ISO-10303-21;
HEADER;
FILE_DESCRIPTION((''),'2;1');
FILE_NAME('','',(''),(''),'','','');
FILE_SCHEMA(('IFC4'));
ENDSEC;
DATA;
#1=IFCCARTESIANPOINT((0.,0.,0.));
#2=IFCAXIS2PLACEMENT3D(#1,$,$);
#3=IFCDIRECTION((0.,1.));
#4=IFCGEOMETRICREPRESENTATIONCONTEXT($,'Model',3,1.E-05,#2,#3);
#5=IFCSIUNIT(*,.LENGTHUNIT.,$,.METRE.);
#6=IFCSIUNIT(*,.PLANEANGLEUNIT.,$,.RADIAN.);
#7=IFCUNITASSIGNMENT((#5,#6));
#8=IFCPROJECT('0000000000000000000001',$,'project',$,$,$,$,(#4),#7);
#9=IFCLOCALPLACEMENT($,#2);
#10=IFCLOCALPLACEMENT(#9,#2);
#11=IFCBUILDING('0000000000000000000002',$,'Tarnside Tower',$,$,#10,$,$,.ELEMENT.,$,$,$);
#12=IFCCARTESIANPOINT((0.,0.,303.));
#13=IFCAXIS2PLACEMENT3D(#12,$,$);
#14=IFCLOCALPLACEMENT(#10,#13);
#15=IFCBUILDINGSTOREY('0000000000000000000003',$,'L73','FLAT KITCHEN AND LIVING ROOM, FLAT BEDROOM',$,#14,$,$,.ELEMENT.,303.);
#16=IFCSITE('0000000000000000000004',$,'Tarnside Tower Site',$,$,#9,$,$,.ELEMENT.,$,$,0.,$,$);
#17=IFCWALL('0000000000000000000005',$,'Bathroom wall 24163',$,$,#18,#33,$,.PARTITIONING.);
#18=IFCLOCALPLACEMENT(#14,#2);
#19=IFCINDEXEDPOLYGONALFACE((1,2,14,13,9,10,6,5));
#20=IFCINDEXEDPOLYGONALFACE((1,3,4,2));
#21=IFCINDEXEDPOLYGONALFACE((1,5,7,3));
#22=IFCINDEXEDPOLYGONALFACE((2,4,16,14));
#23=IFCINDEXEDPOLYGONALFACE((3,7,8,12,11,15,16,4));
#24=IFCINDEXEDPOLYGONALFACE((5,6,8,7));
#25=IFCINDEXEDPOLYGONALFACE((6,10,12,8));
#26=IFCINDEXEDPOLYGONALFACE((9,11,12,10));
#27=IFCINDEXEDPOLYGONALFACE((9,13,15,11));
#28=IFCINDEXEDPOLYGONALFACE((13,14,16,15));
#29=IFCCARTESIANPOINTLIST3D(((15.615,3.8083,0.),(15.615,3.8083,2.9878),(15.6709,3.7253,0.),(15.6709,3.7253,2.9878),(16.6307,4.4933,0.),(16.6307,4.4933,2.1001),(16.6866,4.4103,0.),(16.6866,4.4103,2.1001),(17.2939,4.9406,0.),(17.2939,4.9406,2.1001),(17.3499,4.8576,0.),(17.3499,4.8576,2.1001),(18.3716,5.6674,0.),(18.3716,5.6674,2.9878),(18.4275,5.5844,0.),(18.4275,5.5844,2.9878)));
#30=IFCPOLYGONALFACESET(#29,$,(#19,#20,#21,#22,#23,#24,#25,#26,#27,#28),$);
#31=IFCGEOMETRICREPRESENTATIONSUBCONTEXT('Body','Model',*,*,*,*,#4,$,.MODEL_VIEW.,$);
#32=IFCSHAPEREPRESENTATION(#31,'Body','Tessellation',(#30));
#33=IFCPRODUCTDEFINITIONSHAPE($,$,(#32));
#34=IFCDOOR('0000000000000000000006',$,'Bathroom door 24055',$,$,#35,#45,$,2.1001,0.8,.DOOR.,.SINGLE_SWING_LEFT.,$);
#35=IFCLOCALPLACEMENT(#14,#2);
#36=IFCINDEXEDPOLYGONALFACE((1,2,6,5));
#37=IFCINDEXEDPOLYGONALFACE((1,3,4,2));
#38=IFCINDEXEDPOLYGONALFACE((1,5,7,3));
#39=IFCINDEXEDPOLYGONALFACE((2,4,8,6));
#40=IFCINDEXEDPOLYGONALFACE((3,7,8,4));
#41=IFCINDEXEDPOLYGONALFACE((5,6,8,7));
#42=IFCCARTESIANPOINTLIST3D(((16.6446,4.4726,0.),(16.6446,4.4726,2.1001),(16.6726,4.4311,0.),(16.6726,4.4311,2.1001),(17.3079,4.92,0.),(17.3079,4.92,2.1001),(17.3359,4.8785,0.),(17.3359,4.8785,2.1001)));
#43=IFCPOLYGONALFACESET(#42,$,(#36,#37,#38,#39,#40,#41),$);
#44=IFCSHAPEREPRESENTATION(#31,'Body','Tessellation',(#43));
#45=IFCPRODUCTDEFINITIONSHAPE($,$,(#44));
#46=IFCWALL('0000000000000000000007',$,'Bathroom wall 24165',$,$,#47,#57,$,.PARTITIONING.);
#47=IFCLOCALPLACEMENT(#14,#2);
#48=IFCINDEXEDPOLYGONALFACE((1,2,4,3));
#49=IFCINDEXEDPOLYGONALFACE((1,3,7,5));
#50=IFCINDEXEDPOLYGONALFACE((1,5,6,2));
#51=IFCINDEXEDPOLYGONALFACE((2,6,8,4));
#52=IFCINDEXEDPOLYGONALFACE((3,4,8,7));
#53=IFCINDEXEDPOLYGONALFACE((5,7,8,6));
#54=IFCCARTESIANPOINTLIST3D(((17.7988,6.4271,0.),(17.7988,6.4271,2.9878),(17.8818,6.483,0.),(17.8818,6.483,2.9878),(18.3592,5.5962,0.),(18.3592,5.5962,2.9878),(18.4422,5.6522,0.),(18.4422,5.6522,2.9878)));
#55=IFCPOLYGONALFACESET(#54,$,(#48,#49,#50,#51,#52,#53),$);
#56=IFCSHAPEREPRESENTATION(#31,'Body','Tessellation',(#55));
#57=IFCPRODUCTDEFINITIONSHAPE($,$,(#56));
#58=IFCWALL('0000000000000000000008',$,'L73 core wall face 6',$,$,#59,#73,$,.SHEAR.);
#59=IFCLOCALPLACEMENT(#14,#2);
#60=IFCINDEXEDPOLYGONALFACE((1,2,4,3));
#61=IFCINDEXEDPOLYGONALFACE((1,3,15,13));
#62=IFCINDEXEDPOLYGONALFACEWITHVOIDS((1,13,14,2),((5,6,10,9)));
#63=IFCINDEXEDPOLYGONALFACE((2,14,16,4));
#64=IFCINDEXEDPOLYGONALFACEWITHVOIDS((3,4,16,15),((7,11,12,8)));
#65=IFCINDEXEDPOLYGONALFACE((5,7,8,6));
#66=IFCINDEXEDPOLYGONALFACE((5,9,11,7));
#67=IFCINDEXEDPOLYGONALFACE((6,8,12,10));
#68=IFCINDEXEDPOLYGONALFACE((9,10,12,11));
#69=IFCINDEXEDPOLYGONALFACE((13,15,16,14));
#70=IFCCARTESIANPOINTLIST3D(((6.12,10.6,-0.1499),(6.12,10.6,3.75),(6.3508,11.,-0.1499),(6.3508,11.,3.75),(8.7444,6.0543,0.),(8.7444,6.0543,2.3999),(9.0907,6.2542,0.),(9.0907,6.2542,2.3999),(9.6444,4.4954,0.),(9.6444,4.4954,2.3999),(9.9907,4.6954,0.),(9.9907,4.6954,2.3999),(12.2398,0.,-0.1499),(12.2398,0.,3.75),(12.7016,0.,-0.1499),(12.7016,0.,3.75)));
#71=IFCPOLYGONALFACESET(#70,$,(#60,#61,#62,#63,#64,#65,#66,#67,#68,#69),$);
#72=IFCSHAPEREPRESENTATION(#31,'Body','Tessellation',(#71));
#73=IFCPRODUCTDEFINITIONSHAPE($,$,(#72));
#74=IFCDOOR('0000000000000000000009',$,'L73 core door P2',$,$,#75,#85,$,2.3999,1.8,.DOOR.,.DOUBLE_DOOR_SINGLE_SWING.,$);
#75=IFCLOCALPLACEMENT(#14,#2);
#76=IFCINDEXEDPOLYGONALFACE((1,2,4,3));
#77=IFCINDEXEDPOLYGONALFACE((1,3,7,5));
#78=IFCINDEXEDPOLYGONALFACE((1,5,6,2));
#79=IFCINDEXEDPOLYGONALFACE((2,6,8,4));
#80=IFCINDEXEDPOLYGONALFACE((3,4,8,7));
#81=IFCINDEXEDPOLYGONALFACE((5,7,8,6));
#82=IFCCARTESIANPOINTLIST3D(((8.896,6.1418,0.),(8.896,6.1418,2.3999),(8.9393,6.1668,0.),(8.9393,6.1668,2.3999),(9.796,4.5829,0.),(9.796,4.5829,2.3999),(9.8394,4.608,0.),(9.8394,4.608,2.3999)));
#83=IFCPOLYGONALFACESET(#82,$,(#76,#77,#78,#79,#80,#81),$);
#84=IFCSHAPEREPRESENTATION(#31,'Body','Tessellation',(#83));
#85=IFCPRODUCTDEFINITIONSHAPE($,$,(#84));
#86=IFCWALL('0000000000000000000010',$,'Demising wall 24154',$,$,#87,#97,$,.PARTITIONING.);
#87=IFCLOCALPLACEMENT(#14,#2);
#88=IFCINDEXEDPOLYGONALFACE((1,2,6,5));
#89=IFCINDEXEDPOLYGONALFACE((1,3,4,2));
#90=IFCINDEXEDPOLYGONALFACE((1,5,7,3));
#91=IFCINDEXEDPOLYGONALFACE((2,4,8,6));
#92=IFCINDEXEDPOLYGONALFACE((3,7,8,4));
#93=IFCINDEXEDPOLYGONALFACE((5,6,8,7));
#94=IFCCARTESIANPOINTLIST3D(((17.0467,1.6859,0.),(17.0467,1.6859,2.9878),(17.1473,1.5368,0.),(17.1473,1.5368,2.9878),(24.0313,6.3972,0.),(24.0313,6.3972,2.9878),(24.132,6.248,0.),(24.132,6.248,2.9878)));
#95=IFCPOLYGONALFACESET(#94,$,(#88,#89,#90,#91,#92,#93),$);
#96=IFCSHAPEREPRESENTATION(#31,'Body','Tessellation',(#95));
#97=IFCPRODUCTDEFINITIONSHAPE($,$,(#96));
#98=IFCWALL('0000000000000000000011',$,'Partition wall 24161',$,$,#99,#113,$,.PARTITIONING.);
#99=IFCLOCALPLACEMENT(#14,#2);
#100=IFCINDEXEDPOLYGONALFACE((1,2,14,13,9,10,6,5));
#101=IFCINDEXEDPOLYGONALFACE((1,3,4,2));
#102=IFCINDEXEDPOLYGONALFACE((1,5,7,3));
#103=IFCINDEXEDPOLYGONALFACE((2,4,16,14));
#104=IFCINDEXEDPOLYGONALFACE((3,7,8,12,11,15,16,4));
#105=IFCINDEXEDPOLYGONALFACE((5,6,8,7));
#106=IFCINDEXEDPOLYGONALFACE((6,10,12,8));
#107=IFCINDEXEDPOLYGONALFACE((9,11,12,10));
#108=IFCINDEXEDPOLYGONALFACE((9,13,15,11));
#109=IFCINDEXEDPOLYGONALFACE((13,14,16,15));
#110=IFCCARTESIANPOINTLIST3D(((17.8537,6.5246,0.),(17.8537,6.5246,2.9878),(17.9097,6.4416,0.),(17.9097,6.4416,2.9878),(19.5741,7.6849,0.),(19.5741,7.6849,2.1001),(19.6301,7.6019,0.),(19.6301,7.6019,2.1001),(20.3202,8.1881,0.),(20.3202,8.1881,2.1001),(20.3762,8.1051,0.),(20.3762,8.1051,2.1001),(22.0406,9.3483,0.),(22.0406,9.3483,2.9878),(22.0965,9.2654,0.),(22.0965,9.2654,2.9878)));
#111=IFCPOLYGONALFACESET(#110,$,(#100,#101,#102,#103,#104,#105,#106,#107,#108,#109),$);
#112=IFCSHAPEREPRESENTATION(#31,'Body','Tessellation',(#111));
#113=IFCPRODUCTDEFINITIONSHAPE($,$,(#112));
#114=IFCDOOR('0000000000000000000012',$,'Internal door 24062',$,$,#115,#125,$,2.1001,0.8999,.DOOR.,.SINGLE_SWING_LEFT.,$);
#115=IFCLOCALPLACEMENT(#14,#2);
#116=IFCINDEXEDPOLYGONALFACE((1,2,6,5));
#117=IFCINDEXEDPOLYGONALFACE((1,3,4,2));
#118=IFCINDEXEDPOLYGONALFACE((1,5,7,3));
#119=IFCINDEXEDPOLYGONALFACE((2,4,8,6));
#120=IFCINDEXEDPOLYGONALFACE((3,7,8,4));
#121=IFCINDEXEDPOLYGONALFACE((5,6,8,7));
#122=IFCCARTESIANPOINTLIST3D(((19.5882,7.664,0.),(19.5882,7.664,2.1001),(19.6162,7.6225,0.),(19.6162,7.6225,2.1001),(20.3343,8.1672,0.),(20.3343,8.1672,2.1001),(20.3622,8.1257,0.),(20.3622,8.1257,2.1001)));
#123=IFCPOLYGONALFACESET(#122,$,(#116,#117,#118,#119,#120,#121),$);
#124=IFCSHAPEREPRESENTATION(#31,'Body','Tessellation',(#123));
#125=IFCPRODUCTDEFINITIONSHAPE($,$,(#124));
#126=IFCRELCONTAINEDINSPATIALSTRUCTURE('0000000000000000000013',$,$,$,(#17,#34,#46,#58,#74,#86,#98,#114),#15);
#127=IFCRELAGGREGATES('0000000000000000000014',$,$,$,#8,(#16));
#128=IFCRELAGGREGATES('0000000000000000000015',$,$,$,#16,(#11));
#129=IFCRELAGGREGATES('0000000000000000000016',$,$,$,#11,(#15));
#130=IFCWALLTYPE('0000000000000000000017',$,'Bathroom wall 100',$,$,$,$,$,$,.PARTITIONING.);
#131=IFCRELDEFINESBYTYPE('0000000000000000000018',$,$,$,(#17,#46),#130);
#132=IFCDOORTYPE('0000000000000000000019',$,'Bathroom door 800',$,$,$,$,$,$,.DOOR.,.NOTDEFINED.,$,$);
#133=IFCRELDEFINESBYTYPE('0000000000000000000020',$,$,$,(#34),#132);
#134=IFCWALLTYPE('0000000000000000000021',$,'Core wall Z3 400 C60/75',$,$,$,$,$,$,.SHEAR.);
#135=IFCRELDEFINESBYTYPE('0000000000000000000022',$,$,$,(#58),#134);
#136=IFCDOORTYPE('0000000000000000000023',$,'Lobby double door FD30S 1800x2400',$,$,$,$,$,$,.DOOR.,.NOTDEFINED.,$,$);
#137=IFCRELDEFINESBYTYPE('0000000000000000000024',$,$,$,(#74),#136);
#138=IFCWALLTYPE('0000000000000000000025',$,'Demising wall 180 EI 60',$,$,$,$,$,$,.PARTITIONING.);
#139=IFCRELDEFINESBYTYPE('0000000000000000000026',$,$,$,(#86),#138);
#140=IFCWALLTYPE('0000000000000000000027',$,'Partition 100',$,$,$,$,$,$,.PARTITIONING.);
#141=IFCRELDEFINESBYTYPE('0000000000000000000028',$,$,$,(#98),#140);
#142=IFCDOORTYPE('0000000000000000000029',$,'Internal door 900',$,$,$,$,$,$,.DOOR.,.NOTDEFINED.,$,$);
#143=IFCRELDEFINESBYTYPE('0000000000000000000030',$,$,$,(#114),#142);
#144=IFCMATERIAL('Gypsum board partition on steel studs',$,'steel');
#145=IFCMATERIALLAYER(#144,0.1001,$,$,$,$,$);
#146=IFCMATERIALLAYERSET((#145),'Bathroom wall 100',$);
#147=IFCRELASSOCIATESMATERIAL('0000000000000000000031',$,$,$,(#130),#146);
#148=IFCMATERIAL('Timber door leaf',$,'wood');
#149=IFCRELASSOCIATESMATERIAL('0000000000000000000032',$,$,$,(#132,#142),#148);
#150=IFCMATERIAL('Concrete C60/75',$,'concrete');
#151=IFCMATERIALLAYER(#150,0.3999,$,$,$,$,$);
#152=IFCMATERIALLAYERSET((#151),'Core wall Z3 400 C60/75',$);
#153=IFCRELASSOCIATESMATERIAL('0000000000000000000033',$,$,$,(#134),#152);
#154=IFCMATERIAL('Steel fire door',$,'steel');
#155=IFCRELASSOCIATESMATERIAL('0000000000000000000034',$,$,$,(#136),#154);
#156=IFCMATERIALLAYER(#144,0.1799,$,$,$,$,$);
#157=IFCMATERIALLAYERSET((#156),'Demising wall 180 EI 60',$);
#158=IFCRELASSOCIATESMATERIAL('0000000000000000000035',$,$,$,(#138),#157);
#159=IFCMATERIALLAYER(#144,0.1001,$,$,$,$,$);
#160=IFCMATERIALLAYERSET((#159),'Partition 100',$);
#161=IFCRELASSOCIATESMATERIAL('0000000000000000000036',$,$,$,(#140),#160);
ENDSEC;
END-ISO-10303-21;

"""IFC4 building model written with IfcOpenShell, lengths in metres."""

from ifc_helpers import new_model, si_unit, direction, frame, frame_2d, origin, place, context, subcontext, project, spatial, polyline, rectangle, outline, extrude, material, layer, layer_set, type_object, element, fill, save


model = new_model("IFC4")

# Units and contexts
model_context = context("Model", 3, precision=1e-05, world=origin(), true_north=direction((0.0, 1.0)))
body_context = subcontext(model_context, "Body", "Model", "MODEL_VIEW")
ifc_project = project(units=[si_unit("LENGTHUNIT", "METRE"), si_unit("PLANEANGLEUNIT", "RADIAN")], contexts=[model_context])

# Site, building, storey
site_placement = place(None, origin())
site = spatial("IfcSite", under=ifc_project, at=site_placement, Name="Tarnside Tower Site", CompositionType="ELEMENT", RefElevation=0.0)
building_placement = place(site_placement, origin())
building = spatial("IfcBuilding", under=site, at=building_placement, Name="Tarnside Tower", CompositionType="ELEMENT")
storey_placement = place(building_placement, frame((0.0, 0.0, 303.0)))
storey = spatial("IfcBuildingStorey", under=building, at=storey_placement, Name="L73", Description="FLAT KITCHEN AND LIVING ROOM, FLAT BEDROOM", CompositionType="ELEMENT", Elevation=303.0)

# Shared definitions
ifc_material_1 = material(Name="Gypsum board partition on steel studs", Category="steel")
ifc_layer_1 = layer(ifc_material_1, 0.1001)
ifc_layer_set_1 = layer_set([ifc_layer_1], Name="Bathroom wall 100")
wall_type_1 = type_object("IfcWallType", Name="Bathroom wall 100", PredefinedType="PARTITIONING", material=ifc_layer_set_1)

# Wall, opening, door
wall_1_placement = place(storey_placement, frame((18.3997, 5.626, 0.0), z_axis=(0.0, 0.0, 1.0), x_axis=(-0.829067, -0.559149, 0.0)))
wall_1 = element("IfcWall", 1, at=wall_1_placement, inside=storey, type_object=wall_type_1, Name="Bathroom wall 24163", PredefinedType="PARTITIONING", context=body_context, shape_type="SweptSolid", body=[
    extrude(rectangle(XDim=3.325, YDim=0.1001, at=frame_2d((1.6626, 0.0))), origin(), (0.0, 0.0, 1.0), 2.9878),
])
opening_1_placement = place(wall_1_placement, frame((1.3, 0.0, 0.0)))
opening_1 = element("IfcOpeningElement", 2, at=opening_1_placement, cuts=wall_1, PredefinedType="OPENING", context=body_context, shape_type="SweptSolid", body=[
    extrude(rectangle(XDim=0.8, YDim=2.1001, at=frame_2d((0.3999, 1.05))), frame((0.0, 0.0601, 0.0), z_axis=(0.0, -1.0, 0.0), x_axis=(1.0, 0.0, 0.0)), (0.0, 0.0, 1.0), 0.1201),
])
ifc_material_2 = material(Name="Timber door leaf", Category="wood")
door_type_1 = type_object("IfcDoorType", Name="Bathroom door 800", OperationType="NOTDEFINED", PredefinedType="DOOR", material=ifc_material_2)
door_1_placement = place(opening_1_placement, origin())
door_1 = element("IfcDoor", 3, at=door_1_placement, inside=storey, type_object=door_type_1, Name="Bathroom door 24055", OperationType="SINGLE_SWING_LEFT", OverallHeight=2.1001, OverallWidth=0.8, PredefinedType="DOOR", context=body_context, shape_type="SweptSolid", body=[
    extrude(rectangle(XDim=0.8, YDim=2.1001, at=frame_2d((0.3999, 1.05))), frame((0.0, 0.0249, 0.0), z_axis=(0.0, -1.0, 0.0), x_axis=(1.0, 0.0, 0.0)), (0.0, 0.0, 1.0), 0.05),
])
fill(opening_1, door_1)

# Wall
wall_2_placement = place(storey_placement, frame((18.4006, 5.6243, 0.0), z_axis=(0.0, 0.0, 1.0), x_axis=(-0.559134, 0.829077, 0.0)))
element("IfcWall", 4, at=wall_2_placement, inside=storey, type_object=wall_type_1, Name="Bathroom wall 24165", PredefinedType="PARTITIONING", context=body_context, shape_type="SweptSolid", body=[
    extrude(rectangle(XDim=1.0022, YDim=0.1001, at=frame_2d((0.501, 0.0))), origin(), (0.0, 0.0, 1.0), 2.9878),
])

# Wall, opening, door
ifc_material_3 = material(Name="Concrete C60/75", Category="concrete")
ifc_layer_2 = layer(ifc_material_3, 0.3999)
ifc_layer_set_2 = layer_set([ifc_layer_2], Name="Core wall Z3 400 C60/75")
wall_type_2 = type_object("IfcWallType", Name="Core wall Z3 400 C60/75", PredefinedType="SHEAR", material=ifc_layer_set_2)
wall_3_placement = place(storey_placement, frame((12.4707, 0.0, -0.1499), z_axis=(0.0, 0.0, 1.0), x_axis=(-0.499996, 0.866027, 0.0)))
wall_3 = element("IfcWall", 5, at=wall_3_placement, inside=storey, type_object=wall_type_2, Name="L73 core wall face 6", PredefinedType="SHEAR", context=body_context, shape_type="SweptSolid", body=[
    extrude(outline(polyline([(-0.1155, -0.2), (12.5862, -0.2), (12.3552, 0.2), (0.1155, 0.2), (-0.1155, -0.2)])), origin(), (0.0, 0.0, 1.0), 3.8999),
])
opening_2_placement = place(wall_3_placement, frame((5.3064, 0.0, 0.1499)))
opening_2 = element("IfcOpeningElement", 6, at=opening_2_placement, cuts=wall_3, PredefinedType="OPENING", context=body_context, shape_type="SweptSolid", body=[
    extrude(rectangle(XDim=1.8, YDim=2.3999, at=frame_2d((0.8999, 1.2))), frame((0.0, 0.21, 0.0), z_axis=(0.0, -1.0, 0.0), x_axis=(1.0, 0.0, 0.0)), (0.0, 0.0, 1.0), 0.4199),
])
ifc_material_4 = material(Name="Steel fire door", Category="steel")
door_type_2 = type_object("IfcDoorType", Name="Lobby double door FD30S 1800x2400", OperationType="NOTDEFINED", PredefinedType="DOOR", material=ifc_material_4)
door_2_placement = place(opening_2_placement, origin())
door_2 = element("IfcDoor", 7, at=door_2_placement, inside=storey, type_object=door_type_2, Name="L73 core door P2", OperationType="DOUBLE_DOOR_SINGLE_SWING", OverallHeight=2.3999, OverallWidth=1.8, PredefinedType="DOOR", context=body_context, shape_type="SweptSolid", body=[
    extrude(rectangle(XDim=1.8, YDim=2.3999, at=frame_2d((0.8999, 1.2))), frame((0.0, 0.0249, 0.0), z_axis=(0.0, -1.0, 0.0), x_axis=(1.0, 0.0, 0.0)), (0.0, 0.0, 1.0), 0.05),
])
fill(opening_2, door_2)

# Wall
ifc_layer_3 = layer(ifc_material_1, 0.1799)
ifc_layer_set_3 = layer_set([ifc_layer_3], Name="Demising wall 180 EI 60")
wall_type_3 = type_object("IfcWallType", Name="Demising wall 180 EI 60", PredefinedType="PARTITIONING", material=ifc_layer_set_3)
wall_4_placement = place(storey_placement, frame((24.0815, 6.3225, 0.0), z_axis=(0.0, 0.0, 1.0), x_axis=(-0.829038, -0.559193, 0.0)))
element("IfcWall", 8, at=wall_4_placement, inside=storey, type_object=wall_type_3, Name="Demising wall 24154", PredefinedType="PARTITIONING", context=body_context, shape_type="SweptSolid", body=[
    extrude(rectangle(XDim=8.425, YDim=0.1799, at=frame_2d((4.2124, 0.0))), origin(), (0.0, 0.0, 1.0), 2.9878),
])

# Wall, opening, door
ifc_layer_4 = layer(ifc_material_1, 0.1001)
ifc_layer_set_4 = layer_set([ifc_layer_4], Name="Partition 100")
wall_type_4 = type_object("IfcWallType", Name="Partition 100", PredefinedType="PARTITIONING", material=ifc_layer_set_4)
wall_5_placement = place(storey_placement, frame((17.8818, 6.4832, 0.0), z_axis=(0.0, 0.0, 1.0), x_axis=(0.829063, 0.559155, 0.0)))
wall_5 = element("IfcWall", 9, at=wall_5_placement, inside=storey, type_object=wall_type_4, Name="Partition wall 24161", PredefinedType="PARTITIONING", context=body_context, shape_type="SweptSolid", body=[
    extrude(rectangle(XDim=5.05, YDim=0.1001, at=frame_2d((2.5249, 0.0))), origin(), (0.0, 0.0, 1.0), 2.9878),
])
opening_3_placement = place(wall_5_placement, frame((2.075, 0.0, 0.0)))
opening_3 = element("IfcOpeningElement", 10, at=opening_3_placement, cuts=wall_5, PredefinedType="OPENING", context=body_context, shape_type="SweptSolid", body=[
    extrude(rectangle(XDim=0.8999, YDim=2.1001, at=frame_2d((0.45, 1.05))), frame((0.0, 0.0601, 0.0), z_axis=(0.0, -1.0, 0.0), x_axis=(1.0, 0.0, 0.0)), (0.0, 0.0, 1.0), 0.1201),
])
door_type_3 = type_object("IfcDoorType", Name="Internal door 900", OperationType="NOTDEFINED", PredefinedType="DOOR", material=ifc_material_2)
door_3_placement = place(opening_3_placement, origin())
door_3 = element("IfcDoor", 11, at=door_3_placement, inside=storey, type_object=door_type_3, Name="Internal door 24062", OperationType="SINGLE_SWING_LEFT", OverallHeight=2.1001, OverallWidth=0.8999, PredefinedType="DOOR", context=body_context, shape_type="SweptSolid", body=[
    extrude(rectangle(XDim=0.8999, YDim=2.1001, at=frame_2d((0.45, 1.05))), frame((0.0, 0.0249, 0.0), z_axis=(0.0, -1.0, 0.0), x_axis=(1.0, 0.0, 0.0)), (0.0, 0.0, 1.0), 0.05),
])
fill(opening_3, door_3)

save(model, "model.ifc")
